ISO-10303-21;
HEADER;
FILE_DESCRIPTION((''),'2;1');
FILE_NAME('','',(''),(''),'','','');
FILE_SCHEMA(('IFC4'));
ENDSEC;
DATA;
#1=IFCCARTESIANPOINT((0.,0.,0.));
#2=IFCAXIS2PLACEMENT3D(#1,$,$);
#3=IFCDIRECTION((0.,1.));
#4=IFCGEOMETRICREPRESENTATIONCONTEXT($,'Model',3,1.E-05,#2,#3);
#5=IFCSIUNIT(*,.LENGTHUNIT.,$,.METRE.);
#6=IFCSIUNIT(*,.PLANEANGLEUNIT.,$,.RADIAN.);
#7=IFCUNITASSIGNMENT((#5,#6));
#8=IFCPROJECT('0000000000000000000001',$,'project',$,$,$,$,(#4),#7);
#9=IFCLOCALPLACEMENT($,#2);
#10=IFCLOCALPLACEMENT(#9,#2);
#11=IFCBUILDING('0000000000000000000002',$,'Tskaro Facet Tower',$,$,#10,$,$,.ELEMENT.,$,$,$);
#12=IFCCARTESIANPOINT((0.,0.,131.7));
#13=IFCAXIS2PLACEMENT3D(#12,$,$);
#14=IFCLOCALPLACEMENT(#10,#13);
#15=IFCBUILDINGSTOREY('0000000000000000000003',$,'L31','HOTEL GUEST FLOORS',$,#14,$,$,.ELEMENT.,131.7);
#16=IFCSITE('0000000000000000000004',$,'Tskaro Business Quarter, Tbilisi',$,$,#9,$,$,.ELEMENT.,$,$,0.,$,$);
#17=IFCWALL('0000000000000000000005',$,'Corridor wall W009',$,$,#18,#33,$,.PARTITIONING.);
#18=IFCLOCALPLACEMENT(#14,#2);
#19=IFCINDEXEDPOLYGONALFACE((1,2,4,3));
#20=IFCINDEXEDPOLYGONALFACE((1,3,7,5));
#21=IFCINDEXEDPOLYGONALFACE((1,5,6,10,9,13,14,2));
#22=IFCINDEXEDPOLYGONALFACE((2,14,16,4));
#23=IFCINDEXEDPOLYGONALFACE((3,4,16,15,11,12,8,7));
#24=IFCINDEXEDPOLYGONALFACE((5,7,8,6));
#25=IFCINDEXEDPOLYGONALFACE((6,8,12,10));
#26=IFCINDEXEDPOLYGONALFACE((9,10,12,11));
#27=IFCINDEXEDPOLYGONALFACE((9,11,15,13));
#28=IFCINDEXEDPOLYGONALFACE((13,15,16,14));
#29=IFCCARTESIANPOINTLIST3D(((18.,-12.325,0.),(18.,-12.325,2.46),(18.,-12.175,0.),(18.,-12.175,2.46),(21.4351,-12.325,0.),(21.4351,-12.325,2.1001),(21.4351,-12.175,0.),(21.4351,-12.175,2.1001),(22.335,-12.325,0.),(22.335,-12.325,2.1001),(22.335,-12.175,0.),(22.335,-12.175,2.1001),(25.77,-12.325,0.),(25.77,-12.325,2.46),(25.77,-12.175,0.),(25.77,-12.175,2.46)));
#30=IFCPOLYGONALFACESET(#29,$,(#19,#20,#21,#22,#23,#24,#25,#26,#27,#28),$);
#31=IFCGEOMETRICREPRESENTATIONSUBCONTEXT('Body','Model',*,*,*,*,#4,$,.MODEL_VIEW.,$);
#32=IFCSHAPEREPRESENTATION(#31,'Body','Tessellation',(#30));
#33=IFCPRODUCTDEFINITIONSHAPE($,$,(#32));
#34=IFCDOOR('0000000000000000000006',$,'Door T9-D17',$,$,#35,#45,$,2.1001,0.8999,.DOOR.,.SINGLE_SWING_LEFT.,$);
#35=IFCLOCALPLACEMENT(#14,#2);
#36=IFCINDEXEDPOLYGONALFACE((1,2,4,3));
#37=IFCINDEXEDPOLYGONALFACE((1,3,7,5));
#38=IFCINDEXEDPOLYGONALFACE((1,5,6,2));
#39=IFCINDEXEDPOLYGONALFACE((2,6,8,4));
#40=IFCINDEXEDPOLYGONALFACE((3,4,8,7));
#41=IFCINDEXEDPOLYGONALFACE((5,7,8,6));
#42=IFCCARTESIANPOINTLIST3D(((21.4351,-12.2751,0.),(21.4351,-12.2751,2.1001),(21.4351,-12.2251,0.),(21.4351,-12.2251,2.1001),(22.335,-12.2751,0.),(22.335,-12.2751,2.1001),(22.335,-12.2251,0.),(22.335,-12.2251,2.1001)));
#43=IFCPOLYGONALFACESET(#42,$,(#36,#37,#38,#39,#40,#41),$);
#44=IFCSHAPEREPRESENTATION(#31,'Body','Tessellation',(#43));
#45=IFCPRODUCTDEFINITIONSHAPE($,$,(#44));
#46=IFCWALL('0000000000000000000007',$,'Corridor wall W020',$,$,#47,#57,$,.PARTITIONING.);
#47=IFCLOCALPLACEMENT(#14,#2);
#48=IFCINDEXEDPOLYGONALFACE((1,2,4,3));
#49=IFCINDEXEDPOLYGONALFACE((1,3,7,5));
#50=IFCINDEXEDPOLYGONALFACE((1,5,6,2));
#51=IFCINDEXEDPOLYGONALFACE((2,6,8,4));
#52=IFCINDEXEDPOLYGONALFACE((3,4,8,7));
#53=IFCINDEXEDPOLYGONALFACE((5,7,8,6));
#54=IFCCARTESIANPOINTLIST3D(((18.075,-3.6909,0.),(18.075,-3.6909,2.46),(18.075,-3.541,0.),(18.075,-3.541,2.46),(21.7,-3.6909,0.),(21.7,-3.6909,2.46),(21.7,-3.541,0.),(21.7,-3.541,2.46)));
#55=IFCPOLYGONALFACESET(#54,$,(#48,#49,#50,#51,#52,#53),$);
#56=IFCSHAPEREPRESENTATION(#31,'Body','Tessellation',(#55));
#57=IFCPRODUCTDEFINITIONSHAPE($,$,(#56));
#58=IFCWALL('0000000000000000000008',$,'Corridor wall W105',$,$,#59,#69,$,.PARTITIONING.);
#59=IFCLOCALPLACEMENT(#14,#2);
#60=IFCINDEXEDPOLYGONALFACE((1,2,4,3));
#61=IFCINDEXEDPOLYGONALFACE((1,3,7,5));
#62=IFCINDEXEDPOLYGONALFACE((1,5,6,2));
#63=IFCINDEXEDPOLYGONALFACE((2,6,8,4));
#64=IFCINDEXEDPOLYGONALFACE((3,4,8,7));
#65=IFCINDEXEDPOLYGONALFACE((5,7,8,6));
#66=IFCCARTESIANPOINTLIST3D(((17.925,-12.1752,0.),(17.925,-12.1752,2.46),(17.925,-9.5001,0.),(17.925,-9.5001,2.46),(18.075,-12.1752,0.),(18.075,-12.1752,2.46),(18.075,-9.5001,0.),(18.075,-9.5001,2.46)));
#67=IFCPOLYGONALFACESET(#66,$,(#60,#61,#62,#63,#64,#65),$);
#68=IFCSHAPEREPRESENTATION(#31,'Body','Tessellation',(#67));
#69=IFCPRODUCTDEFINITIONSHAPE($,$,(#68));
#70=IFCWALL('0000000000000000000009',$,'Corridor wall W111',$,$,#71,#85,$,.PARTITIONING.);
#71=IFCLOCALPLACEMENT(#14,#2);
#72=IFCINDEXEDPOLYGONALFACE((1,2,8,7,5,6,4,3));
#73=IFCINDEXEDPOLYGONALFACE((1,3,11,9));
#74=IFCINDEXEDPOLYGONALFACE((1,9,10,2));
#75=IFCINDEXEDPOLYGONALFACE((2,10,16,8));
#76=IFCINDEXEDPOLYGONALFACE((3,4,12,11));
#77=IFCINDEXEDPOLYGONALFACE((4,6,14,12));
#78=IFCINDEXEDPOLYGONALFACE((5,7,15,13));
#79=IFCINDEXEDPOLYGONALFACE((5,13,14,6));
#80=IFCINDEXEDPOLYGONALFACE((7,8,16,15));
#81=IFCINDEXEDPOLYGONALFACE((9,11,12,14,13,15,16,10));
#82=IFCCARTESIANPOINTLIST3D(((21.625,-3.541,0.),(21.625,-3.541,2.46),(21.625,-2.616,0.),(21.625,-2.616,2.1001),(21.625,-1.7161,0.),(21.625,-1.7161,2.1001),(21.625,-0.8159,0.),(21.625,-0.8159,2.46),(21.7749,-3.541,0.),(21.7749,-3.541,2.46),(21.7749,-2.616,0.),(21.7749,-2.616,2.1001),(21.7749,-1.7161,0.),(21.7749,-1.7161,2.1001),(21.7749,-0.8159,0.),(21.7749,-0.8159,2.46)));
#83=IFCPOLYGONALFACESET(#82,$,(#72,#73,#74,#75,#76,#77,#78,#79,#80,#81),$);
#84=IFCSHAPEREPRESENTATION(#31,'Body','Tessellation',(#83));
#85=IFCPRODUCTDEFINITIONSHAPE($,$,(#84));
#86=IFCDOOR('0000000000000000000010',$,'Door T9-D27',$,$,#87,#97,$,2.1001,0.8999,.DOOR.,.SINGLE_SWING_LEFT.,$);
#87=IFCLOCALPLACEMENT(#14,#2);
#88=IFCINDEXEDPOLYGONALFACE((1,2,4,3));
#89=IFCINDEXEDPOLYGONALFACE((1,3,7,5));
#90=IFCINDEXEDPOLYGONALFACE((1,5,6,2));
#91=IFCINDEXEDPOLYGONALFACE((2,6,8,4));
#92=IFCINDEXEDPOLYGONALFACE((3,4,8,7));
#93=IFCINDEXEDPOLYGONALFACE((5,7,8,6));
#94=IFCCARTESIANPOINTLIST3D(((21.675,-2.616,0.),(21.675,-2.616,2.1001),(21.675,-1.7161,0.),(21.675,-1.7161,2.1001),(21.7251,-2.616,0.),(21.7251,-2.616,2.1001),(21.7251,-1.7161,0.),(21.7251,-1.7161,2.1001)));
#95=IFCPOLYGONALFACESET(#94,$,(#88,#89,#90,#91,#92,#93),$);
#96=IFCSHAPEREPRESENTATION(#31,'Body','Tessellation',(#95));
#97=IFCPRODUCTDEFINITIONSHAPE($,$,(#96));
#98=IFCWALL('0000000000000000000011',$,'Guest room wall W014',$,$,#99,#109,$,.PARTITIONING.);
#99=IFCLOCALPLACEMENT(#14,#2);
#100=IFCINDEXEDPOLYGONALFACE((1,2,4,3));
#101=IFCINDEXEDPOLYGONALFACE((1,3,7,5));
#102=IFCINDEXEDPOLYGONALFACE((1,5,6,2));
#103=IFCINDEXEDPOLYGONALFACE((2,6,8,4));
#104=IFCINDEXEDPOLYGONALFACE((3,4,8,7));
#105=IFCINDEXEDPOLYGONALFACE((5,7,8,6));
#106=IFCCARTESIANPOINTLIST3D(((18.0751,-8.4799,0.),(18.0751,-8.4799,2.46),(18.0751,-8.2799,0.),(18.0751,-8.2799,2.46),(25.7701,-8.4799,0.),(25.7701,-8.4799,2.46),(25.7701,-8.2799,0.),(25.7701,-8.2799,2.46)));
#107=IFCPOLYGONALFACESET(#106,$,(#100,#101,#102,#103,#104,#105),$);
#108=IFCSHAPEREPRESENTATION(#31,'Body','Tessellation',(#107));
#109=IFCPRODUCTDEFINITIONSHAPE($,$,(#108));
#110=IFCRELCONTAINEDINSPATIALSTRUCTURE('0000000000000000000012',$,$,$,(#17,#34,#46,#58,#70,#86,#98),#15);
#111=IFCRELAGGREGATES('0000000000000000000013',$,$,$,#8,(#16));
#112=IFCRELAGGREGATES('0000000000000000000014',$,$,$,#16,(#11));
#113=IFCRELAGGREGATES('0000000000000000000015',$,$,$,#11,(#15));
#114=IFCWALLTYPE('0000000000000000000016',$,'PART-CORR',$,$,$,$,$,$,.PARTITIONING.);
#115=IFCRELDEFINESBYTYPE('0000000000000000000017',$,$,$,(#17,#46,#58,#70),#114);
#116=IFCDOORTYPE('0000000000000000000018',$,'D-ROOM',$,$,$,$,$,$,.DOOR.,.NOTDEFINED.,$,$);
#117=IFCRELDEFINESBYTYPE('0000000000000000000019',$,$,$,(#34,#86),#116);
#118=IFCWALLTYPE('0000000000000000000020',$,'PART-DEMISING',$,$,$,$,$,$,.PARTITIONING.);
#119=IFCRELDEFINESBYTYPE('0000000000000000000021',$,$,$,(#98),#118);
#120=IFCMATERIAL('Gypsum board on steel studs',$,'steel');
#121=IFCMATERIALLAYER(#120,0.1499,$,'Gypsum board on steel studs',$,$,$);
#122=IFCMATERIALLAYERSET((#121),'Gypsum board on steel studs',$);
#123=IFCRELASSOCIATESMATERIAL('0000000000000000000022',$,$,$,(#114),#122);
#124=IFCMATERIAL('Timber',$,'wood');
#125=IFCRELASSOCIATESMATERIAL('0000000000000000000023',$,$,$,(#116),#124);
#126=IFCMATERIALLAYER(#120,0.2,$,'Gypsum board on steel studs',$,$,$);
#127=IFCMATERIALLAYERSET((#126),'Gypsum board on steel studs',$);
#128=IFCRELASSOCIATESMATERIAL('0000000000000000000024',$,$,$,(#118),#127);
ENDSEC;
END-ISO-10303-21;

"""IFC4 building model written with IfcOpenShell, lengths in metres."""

from ifc_helpers import new_model, si_unit, direction, frame, frame_2d, origin, place, context, subcontext, project, spatial, rectangle, extrude, material, layer, layer_set, type_object, element, fill, save


model = new_model("IFC4")

# Units and contexts
model_context = context("Model", 3, precision=1e-05, world=origin(), true_north=direction((0.0, 1.0)))
body_context = subcontext(model_context, "Body", "Model", "MODEL_VIEW")
ifc_project = project(units=[si_unit("LENGTHUNIT", "METRE"), si_unit("PLANEANGLEUNIT", "RADIAN")], contexts=[model_context])

# Site, building, storey
site_placement = place(None, origin())
site = spatial("IfcSite", under=ifc_project, at=site_placement, Name="Tskaro Business Quarter, Tbilisi", CompositionType="ELEMENT", RefElevation=0.0)
building_placement = place(site_placement, origin())
building = spatial("IfcBuilding", under=site, at=building_placement, Name="Tskaro Facet Tower", CompositionType="ELEMENT")
storey_placement = place(building_placement, frame((0.0, 0.0, 131.7)))
storey = spatial("IfcBuildingStorey", under=building, at=storey_placement, Name="L31", Description="HOTEL GUEST FLOORS", CompositionType="ELEMENT", Elevation=131.7)

# Shared definitions
ifc_material_1 = material(Name="Gypsum board on steel studs", Category="steel")
ifc_layer_1 = layer(ifc_material_1, 0.1499, Name="Gypsum board on steel studs")
ifc_layer_set_1 = layer_set([ifc_layer_1], Name="Gypsum board on steel studs")
wall_type_1 = type_object("IfcWallType", Name="PART-CORR", PredefinedType="PARTITIONING", material=ifc_layer_set_1)
ifc_material_2 = material(Name="Timber", Category="wood")

# Wall, opening, door
wall_1_placement = place(storey_placement, frame((18.0, -12.25, 0.0), z_axis=(0.0, 0.0, 1.0), x_axis=(1.0, 0.0, 0.0)))
wall_1 = element("IfcWall", 1, at=wall_1_placement, inside=storey, type_object=wall_type_1, Name="Corridor wall W009", PredefinedType="PARTITIONING", context=body_context, shape_type="SweptSolid", body=[
    extrude(rectangle(XDim=7.77, YDim=0.1499, at=frame_2d((3.885, 0.0))), origin(), (0.0, 0.0, 1.0), 2.46),
])
opening_1_placement = place(wall_1_placement, frame((3.4351, 0.0, 0.0)))
opening_1 = element("IfcOpeningElement", 2, at=opening_1_placement, cuts=wall_1, PredefinedType="OPENING", context=body_context, shape_type="SweptSolid", body=[
    extrude(rectangle(XDim=0.8999, YDim=2.1001, at=frame_2d((0.45, 1.05))), frame((0.0, 0.085, 0.0), z_axis=(0.0, -1.0, 0.0), x_axis=(1.0, 0.0, 0.0)), (0.0, 0.0, 1.0), 0.1699),
])
door_type_1 = type_object("IfcDoorType", Name="D-ROOM", OperationType="NOTDEFINED", PredefinedType="DOOR", material=ifc_material_2)
door_1_placement = place(opening_1_placement, origin())
door_1 = element("IfcDoor", 3, at=door_1_placement, inside=storey, type_object=door_type_1, Name="Door T9-D17", OperationType="SINGLE_SWING_LEFT", OverallHeight=2.1001, OverallWidth=0.8999, PredefinedType="DOOR", context=body_context, shape_type="SweptSolid", body=[
    extrude(rectangle(XDim=0.8999, YDim=2.1001, at=frame_2d((0.45, 1.05))), frame((0.0, 0.0249, 0.0), z_axis=(0.0, -1.0, 0.0), x_axis=(1.0, 0.0, 0.0)), (0.0, 0.0, 1.0), 0.05),
])
fill(opening_1, door_1)

# Walls
wall_2_placement = place(storey_placement, frame((18.075, -3.616, 0.0), z_axis=(0.0, 0.0, 1.0), x_axis=(1.0, 0.0, 0.0)))
element("IfcWall", 4, at=wall_2_placement, inside=storey, type_object=wall_type_1, Name="Corridor wall W020", PredefinedType="PARTITIONING", context=body_context, shape_type="SweptSolid", body=[
    extrude(rectangle(XDim=3.625, YDim=0.1499, at=frame_2d((1.8125, 0.0))), origin(), (0.0, 0.0, 1.0), 2.46),
])
wall_3_placement = place(storey_placement, frame((18.0, -12.175, 0.0), z_axis=(0.0, 0.0, 1.0), x_axis=(0.0, 1.0, 0.0)))
element("IfcWall", 5, at=wall_3_placement, inside=storey, type_object=wall_type_1, Name="Corridor wall W105", PredefinedType="PARTITIONING", context=body_context, shape_type="SweptSolid", body=[
    extrude(rectangle(XDim=2.675, YDim=0.1499, at=frame_2d((1.3374, 0.0))), origin(), (0.0, 0.0, 1.0), 2.46),
])

# Wall, opening, door
wall_4_placement = place(storey_placement, frame((21.7, -3.541, 0.0), z_axis=(0.0, 0.0, 1.0), x_axis=(0.0, 1.0, 0.0)))
wall_4 = element("IfcWall", 6, at=wall_4_placement, inside=storey, type_object=wall_type_1, Name="Corridor wall W111", PredefinedType="PARTITIONING", context=body_context, shape_type="SweptSolid", body=[
    extrude(rectangle(XDim=2.7251, YDim=0.1499, at=frame_2d((1.3625, 0.0))), origin(), (0.0, 0.0, 1.0), 2.46),
])
opening_2_placement = place(wall_4_placement, frame((0.925, 0.0, 0.0)))
opening_2 = element("IfcOpeningElement", 7, at=opening_2_placement, cuts=wall_4, PredefinedType="OPENING", context=body_context, shape_type="SweptSolid", body=[
    extrude(rectangle(XDim=0.8999, YDim=2.1001, at=frame_2d((0.45, 1.05))), frame((0.0, 0.085, 0.0), z_axis=(0.0, -1.0, 0.0), x_axis=(1.0, 0.0, 0.0)), (0.0, 0.0, 1.0), 0.1699),
])
door_2_placement = place(opening_2_placement, origin())
door_2 = element("IfcDoor", 8, at=door_2_placement, inside=storey, type_object=door_type_1, Name="Door T9-D27", OperationType="SINGLE_SWING_LEFT", OverallHeight=2.1001, OverallWidth=0.8999, PredefinedType="DOOR", context=body_context, shape_type="SweptSolid", body=[
    extrude(rectangle(XDim=0.8999, YDim=2.1001, at=frame_2d((0.45, 1.05))), frame((0.0, 0.0249, 0.0), z_axis=(0.0, -1.0, 0.0), x_axis=(1.0, 0.0, 0.0)), (0.0, 0.0, 1.0), 0.05),
])
fill(opening_2, door_2)

# Wall
ifc_layer_2 = layer(ifc_material_1, 0.2, Name="Gypsum board on steel studs")
ifc_layer_set_2 = layer_set([ifc_layer_2], Name="Gypsum board on steel studs")
wall_type_2 = type_object("IfcWallType", Name="PART-DEMISING", PredefinedType="PARTITIONING", material=ifc_layer_set_2)
wall_5_placement = place(storey_placement, frame((18.075, -8.3799, 0.0), z_axis=(0.0, 0.0, 1.0), x_axis=(1.0, 0.0, 0.0)))
element("IfcWall", 9, at=wall_5_placement, inside=storey, type_object=wall_type_2, Name="Guest room wall W014", PredefinedType="PARTITIONING", context=body_context, shape_type="SweptSolid", body=[
    extrude(rectangle(XDim=7.6951, YDim=0.2, at=frame_2d((3.8477, 0.0))), origin(), (0.0, 0.0, 1.0), 2.46),
])

save(model, "model.ifc")
